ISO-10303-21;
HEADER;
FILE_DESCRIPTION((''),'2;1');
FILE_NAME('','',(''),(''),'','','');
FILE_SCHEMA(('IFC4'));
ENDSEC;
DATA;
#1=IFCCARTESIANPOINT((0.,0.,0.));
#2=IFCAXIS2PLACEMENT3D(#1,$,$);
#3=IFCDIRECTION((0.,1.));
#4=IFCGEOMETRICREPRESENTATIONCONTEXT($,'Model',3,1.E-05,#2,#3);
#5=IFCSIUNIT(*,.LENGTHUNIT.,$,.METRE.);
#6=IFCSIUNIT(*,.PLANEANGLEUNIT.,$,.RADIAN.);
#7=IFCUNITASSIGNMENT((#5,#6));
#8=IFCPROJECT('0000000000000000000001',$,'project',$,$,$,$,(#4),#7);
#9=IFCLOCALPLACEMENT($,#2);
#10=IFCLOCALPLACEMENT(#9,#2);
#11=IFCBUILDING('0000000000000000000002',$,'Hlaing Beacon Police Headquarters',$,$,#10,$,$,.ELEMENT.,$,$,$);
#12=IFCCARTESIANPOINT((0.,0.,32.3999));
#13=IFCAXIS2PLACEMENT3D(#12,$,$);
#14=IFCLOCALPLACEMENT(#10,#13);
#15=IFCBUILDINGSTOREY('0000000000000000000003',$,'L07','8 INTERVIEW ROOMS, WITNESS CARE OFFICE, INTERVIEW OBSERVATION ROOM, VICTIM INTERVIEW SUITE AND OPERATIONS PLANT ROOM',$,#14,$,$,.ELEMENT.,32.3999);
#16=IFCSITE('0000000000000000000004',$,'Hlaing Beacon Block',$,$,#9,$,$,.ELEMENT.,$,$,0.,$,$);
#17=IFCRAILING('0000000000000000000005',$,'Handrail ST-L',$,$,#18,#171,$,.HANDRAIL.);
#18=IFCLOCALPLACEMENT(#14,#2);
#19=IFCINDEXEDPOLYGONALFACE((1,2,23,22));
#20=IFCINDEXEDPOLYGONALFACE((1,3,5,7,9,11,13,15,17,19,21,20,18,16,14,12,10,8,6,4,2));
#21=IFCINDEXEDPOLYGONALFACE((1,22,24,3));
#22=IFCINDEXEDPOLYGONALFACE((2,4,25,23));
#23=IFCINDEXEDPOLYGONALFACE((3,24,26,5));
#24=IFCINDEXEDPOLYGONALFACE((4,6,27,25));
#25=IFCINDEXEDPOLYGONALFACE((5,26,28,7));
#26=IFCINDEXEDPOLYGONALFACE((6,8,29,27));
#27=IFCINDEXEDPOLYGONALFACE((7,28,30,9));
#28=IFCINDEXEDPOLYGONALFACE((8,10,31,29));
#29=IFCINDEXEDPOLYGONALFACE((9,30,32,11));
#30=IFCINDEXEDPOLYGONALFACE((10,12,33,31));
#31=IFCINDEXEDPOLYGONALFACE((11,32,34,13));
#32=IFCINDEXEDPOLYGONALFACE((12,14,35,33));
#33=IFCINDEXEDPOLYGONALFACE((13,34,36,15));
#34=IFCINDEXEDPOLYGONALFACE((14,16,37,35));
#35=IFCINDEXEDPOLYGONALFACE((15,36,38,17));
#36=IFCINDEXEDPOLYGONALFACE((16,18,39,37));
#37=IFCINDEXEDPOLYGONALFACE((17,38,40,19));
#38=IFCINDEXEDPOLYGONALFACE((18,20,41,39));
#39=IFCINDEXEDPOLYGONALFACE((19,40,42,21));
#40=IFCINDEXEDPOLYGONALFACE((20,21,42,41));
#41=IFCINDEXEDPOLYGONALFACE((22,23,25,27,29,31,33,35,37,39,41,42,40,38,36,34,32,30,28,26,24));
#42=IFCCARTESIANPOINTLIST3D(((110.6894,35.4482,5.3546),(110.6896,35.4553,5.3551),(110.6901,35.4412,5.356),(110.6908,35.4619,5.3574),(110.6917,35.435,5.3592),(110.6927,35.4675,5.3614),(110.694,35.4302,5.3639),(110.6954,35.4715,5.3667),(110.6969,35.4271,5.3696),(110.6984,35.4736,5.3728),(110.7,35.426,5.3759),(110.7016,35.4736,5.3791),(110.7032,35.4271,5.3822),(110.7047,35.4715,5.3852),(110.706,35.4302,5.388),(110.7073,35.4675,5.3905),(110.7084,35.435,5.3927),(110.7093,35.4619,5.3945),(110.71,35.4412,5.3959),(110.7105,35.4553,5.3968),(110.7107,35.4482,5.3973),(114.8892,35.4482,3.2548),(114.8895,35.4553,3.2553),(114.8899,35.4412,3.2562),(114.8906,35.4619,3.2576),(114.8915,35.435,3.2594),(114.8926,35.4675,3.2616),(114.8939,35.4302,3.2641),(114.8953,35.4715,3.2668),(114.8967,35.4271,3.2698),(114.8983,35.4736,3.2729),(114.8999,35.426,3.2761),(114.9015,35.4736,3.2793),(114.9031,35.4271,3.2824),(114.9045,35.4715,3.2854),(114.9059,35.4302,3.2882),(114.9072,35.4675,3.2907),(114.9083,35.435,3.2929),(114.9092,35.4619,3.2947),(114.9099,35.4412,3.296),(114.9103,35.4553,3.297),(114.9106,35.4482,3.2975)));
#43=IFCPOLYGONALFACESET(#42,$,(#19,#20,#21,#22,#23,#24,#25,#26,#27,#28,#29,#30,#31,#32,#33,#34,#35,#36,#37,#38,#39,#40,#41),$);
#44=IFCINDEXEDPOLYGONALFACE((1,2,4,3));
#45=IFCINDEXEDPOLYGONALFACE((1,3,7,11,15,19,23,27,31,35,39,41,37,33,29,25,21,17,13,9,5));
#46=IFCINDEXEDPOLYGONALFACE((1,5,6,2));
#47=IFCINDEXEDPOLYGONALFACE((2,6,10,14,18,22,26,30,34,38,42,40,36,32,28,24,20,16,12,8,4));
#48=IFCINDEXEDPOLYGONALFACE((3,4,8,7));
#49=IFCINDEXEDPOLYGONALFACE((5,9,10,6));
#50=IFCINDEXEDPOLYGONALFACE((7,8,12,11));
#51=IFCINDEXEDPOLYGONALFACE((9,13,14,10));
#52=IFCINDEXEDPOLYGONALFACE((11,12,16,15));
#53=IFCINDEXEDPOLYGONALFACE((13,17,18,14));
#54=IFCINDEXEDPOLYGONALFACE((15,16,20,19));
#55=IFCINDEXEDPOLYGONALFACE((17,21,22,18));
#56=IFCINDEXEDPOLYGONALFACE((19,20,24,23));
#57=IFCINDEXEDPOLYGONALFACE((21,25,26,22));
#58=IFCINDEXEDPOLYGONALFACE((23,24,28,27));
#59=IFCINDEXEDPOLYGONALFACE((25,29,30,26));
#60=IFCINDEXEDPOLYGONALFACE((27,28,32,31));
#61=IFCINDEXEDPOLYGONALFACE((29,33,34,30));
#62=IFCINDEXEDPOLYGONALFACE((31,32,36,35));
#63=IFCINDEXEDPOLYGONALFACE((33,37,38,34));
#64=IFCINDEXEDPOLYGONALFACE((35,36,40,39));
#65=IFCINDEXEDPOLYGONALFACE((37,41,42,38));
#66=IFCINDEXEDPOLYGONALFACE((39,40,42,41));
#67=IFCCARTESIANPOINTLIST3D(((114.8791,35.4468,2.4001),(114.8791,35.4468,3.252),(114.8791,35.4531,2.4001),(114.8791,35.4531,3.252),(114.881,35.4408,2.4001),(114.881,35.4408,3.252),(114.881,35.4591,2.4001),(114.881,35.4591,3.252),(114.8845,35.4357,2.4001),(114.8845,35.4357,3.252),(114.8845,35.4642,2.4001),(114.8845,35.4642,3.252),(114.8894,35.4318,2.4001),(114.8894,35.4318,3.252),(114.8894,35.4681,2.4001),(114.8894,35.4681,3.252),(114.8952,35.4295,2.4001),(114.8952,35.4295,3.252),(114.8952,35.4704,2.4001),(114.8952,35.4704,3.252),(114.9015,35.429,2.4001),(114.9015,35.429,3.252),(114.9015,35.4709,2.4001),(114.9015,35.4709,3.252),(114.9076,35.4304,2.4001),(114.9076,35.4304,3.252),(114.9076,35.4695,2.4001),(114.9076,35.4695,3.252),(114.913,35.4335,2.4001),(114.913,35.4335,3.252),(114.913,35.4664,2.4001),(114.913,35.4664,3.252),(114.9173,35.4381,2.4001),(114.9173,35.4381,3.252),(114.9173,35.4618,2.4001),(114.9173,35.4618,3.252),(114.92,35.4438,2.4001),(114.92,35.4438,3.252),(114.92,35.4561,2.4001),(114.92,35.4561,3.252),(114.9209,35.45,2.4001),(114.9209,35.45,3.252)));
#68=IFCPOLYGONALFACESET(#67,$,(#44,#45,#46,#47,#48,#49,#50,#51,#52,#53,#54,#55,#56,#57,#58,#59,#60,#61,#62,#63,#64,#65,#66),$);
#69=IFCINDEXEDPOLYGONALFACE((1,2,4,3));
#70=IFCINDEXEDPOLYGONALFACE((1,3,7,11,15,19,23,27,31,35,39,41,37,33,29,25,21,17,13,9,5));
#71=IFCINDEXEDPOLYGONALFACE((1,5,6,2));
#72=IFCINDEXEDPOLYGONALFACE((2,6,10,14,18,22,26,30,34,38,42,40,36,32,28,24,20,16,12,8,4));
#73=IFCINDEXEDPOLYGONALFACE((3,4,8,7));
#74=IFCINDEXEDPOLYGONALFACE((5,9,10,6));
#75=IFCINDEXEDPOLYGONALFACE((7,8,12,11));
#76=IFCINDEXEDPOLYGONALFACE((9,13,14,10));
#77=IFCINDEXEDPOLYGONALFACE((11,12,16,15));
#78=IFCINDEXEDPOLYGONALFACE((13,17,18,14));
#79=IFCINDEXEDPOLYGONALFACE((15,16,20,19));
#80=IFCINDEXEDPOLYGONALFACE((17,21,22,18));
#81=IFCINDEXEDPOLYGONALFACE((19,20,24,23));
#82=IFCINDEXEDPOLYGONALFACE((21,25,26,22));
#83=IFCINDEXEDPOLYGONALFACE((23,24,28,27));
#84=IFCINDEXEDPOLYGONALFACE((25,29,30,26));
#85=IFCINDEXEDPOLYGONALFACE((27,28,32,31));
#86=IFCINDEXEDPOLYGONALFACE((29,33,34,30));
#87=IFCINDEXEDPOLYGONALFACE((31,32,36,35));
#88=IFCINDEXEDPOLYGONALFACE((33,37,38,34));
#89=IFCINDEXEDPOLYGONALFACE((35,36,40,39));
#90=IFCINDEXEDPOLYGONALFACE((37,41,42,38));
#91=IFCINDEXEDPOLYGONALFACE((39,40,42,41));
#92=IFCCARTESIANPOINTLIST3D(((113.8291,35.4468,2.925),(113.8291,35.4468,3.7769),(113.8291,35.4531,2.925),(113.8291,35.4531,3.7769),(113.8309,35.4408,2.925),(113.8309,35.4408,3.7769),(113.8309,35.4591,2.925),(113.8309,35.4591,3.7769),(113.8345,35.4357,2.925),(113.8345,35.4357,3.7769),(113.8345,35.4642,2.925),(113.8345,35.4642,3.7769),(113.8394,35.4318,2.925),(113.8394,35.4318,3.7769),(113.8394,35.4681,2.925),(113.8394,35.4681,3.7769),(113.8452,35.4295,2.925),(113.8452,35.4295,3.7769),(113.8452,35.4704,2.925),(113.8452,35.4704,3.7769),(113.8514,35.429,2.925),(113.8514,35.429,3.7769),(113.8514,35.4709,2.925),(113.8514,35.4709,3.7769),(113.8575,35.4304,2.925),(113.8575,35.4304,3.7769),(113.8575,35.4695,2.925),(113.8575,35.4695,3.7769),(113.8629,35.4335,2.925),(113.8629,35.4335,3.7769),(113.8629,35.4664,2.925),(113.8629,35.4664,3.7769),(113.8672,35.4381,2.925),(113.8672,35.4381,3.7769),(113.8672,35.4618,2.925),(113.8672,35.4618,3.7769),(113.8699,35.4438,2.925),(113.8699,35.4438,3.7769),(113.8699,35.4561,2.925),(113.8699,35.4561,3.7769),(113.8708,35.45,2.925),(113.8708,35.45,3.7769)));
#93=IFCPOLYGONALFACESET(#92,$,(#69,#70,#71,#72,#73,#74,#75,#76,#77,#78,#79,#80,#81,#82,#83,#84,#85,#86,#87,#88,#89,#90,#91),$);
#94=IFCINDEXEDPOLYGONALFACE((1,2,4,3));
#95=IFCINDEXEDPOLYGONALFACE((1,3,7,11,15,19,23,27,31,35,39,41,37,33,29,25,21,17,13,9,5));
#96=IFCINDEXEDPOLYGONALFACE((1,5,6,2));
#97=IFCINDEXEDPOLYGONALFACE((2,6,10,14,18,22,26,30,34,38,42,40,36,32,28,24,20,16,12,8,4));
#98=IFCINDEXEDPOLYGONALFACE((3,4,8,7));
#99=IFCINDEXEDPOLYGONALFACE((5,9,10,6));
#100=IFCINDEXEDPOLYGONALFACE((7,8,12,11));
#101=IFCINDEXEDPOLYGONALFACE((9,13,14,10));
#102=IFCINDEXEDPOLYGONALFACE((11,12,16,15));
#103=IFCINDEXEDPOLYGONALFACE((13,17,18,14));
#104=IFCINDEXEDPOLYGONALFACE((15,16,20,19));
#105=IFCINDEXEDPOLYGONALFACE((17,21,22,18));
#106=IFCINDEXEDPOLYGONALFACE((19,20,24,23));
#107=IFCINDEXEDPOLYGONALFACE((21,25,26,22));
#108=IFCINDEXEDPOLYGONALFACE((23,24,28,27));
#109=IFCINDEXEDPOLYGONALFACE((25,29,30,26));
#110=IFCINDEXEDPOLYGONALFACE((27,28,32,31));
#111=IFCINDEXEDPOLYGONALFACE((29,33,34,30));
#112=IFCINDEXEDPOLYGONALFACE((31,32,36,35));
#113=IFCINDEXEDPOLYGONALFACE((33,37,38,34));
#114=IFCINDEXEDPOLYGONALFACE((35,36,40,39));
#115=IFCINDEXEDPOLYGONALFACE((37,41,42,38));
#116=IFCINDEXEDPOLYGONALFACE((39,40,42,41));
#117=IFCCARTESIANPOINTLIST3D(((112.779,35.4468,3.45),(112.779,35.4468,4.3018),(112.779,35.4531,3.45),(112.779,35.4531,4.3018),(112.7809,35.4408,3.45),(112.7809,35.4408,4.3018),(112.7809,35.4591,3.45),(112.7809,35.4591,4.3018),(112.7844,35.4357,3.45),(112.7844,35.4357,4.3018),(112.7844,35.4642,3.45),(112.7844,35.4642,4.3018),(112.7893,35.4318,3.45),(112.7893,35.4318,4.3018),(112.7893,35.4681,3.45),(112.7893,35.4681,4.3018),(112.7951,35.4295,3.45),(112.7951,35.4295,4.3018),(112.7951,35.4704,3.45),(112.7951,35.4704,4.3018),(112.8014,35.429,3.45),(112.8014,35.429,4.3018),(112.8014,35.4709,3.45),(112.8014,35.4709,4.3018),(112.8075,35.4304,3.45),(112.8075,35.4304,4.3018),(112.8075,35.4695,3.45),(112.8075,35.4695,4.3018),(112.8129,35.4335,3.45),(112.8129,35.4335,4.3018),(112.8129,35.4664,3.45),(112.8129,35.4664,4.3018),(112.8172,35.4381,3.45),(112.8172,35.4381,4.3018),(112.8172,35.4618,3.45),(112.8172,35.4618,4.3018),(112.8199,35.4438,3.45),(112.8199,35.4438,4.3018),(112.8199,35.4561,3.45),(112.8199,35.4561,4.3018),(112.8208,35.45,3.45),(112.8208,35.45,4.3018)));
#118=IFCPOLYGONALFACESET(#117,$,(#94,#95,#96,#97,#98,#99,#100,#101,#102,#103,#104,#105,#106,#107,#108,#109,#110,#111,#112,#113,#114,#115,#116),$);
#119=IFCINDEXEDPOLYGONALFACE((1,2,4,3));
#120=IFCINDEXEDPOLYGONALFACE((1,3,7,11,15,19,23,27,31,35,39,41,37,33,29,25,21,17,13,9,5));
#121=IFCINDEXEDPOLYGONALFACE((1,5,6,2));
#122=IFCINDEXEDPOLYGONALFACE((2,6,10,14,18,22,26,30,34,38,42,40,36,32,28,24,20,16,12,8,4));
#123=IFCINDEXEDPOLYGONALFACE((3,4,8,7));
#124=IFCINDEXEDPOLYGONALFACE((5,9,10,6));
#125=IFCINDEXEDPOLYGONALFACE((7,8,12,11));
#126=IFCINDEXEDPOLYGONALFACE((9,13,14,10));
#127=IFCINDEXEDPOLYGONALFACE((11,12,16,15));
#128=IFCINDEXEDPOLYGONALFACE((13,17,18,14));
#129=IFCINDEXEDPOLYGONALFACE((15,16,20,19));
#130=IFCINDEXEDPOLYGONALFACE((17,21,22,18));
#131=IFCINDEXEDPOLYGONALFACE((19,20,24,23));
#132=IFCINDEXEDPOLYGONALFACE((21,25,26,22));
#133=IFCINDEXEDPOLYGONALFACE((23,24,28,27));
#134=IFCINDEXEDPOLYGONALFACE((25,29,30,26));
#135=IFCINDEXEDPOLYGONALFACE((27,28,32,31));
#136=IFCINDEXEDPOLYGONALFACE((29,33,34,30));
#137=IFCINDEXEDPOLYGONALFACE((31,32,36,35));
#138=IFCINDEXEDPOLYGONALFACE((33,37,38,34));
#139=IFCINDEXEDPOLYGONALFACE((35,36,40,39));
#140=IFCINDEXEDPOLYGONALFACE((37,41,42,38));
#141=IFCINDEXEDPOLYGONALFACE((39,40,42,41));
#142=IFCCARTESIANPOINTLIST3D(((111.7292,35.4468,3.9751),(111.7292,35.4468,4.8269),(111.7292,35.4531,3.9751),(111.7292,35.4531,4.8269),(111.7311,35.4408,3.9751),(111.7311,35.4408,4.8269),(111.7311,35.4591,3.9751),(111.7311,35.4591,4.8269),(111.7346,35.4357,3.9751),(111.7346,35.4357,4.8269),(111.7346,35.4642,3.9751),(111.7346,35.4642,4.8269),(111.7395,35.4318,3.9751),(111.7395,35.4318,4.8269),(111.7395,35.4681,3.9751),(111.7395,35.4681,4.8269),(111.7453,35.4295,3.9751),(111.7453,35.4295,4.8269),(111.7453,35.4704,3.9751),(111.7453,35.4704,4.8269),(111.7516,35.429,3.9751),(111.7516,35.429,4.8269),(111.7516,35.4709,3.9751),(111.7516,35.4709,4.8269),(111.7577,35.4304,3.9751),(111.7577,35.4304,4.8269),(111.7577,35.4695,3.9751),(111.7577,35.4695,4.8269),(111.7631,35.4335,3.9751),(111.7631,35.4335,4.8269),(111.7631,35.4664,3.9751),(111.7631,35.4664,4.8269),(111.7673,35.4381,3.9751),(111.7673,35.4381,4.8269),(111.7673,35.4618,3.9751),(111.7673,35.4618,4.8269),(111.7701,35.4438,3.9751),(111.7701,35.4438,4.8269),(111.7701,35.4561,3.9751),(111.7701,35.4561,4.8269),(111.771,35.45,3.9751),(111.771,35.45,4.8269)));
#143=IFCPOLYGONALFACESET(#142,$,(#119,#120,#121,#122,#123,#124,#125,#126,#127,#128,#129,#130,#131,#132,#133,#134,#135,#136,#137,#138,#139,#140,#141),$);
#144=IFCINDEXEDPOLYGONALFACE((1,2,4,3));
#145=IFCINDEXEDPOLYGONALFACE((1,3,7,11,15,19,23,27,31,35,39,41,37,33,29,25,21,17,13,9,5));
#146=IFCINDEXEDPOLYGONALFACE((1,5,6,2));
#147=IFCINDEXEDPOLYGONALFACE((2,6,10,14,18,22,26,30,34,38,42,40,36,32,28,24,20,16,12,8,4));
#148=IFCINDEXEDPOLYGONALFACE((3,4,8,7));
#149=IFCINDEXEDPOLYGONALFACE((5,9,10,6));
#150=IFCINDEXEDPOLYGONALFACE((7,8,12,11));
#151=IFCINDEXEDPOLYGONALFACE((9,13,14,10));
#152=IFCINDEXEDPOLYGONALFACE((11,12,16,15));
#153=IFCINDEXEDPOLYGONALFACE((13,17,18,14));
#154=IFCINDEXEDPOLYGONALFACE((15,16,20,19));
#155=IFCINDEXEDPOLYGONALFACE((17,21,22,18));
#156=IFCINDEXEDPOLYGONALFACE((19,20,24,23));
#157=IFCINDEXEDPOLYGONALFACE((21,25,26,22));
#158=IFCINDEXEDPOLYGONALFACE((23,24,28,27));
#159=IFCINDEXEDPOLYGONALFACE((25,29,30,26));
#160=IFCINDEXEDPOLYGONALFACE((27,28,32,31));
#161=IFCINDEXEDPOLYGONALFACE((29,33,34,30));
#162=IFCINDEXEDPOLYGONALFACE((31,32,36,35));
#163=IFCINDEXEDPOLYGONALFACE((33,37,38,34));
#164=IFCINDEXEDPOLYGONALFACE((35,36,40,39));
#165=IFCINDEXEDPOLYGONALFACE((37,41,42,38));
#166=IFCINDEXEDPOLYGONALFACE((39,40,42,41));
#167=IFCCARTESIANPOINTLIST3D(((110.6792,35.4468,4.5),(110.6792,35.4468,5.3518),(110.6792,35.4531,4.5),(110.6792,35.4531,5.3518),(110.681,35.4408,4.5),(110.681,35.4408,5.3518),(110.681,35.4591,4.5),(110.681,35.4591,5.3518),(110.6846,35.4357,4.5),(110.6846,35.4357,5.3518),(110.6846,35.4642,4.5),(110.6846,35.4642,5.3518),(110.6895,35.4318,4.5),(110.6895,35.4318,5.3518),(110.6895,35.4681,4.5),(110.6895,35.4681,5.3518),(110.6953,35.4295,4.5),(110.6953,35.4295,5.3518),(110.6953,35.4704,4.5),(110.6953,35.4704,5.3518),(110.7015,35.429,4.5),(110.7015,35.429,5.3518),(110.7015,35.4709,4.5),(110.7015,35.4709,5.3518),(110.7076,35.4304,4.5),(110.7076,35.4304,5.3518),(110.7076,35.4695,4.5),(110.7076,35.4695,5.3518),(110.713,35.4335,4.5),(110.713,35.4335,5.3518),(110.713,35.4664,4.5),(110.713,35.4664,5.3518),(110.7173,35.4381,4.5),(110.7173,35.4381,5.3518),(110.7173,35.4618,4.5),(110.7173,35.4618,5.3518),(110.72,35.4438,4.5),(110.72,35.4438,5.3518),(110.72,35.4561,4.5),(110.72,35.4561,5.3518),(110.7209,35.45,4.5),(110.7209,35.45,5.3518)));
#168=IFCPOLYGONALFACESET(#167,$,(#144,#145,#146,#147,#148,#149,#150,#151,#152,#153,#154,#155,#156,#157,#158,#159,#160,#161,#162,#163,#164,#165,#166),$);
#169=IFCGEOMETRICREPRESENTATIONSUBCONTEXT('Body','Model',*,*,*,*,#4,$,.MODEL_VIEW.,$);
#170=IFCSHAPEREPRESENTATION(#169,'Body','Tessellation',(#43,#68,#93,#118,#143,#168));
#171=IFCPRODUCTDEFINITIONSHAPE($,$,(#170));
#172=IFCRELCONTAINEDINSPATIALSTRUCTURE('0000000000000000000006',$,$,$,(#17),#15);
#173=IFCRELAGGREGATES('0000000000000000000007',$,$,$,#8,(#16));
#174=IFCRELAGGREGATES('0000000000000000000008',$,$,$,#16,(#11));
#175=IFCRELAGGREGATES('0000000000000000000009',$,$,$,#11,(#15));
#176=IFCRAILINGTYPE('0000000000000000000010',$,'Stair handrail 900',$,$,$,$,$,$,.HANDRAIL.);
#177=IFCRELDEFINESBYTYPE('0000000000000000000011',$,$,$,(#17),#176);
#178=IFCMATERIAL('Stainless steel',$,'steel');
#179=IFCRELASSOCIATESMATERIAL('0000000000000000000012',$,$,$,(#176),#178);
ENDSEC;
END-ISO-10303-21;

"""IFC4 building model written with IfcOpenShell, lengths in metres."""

from ifc_helpers import new_model, si_unit, direction, frame, origin, origin_2d, place, context, subcontext, project, spatial, circle, extrude, material, type_object, element, save


model = new_model("IFC4")

# Units and contexts
model_context = context("Model", 3, precision=1e-05, world=origin(), true_north=direction((0.0, 1.0)))
body_context = subcontext(model_context, "Body", "Model", "MODEL_VIEW")
ifc_project = project(units=[si_unit("LENGTHUNIT", "METRE"), si_unit("PLANEANGLEUNIT", "RADIAN")], contexts=[model_context])

# Site, building, storey
site_placement = place(None, origin())
site = spatial("IfcSite", under=ifc_project, at=site_placement, Name="Hlaing Beacon Block", CompositionType="ELEMENT", RefElevation=0.0)
building_placement = place(site_placement, origin())
building = spatial("IfcBuilding", under=site, at=building_placement, Name="Hlaing Beacon Police Headquarters", CompositionType="ELEMENT")
storey_placement = place(building_placement, frame((0.0, 0.0, 32.3999)))
storey = spatial("IfcBuildingStorey", under=building, at=storey_placement, Name="L07", Description="8 INTERVIEW ROOMS, WITNESS CARE OFFICE, INTERVIEW OBSERVATION ROOM, VICTIM INTERVIEW SUITE AND OPERATIONS PLANT ROOM", CompositionType="ELEMENT", Elevation=32.3999)

# Railing
ifc_material_1 = material(Name="Stainless steel", Category="steel")
railing_type_1 = type_object("IfcRailingType", Name="Stair handrail 900", PredefinedType="HANDRAIL", material=ifc_material_1)
for number, where, name in (
    (1, (114.8999, 35.45, 2.4001), "Handrail ST-L"),
):
    element("IfcRailing", number, at=place(storey_placement, frame(where)), inside=storey, type_object=railing_type_1, Name=name, PredefinedType="HANDRAIL", context=body_context, shape_type="SweptSolid", body=[
        extrude(circle(Radius=0.0239, at=origin_2d()), frame((0.0, 0.0, 0.876), z_axis=(-0.894438, 0.0, 0.447193), x_axis=(0.0, -1.0, 0.0)), (0.0, 0.0, 1.0), 4.6956),
        extrude(circle(Radius=0.021, at=origin_2d()), origin(), (0.0, 0.0, 1.0), 0.8518),
        extrude(circle(Radius=0.021, at=origin_2d()), frame((-1.05, 0.0, 0.5249)), (0.0, 0.0, 1.0), 0.8518),
        extrude(circle(Radius=0.021, at=origin_2d()), frame((-2.1001, 0.0, 1.0498)), (0.0, 0.0, 1.0), 0.8518),
        extrude(circle(Radius=0.021, at=origin_2d()), frame((-3.1499, 0.0, 1.575)), (0.0, 0.0, 1.0), 0.8518),
        extrude(circle(Radius=0.021, at=origin_2d()), frame((-4.2, 0.0, 2.0999)), (0.0, 0.0, 1.0), 0.8518),
    ])

save(model, "model.ifc")
